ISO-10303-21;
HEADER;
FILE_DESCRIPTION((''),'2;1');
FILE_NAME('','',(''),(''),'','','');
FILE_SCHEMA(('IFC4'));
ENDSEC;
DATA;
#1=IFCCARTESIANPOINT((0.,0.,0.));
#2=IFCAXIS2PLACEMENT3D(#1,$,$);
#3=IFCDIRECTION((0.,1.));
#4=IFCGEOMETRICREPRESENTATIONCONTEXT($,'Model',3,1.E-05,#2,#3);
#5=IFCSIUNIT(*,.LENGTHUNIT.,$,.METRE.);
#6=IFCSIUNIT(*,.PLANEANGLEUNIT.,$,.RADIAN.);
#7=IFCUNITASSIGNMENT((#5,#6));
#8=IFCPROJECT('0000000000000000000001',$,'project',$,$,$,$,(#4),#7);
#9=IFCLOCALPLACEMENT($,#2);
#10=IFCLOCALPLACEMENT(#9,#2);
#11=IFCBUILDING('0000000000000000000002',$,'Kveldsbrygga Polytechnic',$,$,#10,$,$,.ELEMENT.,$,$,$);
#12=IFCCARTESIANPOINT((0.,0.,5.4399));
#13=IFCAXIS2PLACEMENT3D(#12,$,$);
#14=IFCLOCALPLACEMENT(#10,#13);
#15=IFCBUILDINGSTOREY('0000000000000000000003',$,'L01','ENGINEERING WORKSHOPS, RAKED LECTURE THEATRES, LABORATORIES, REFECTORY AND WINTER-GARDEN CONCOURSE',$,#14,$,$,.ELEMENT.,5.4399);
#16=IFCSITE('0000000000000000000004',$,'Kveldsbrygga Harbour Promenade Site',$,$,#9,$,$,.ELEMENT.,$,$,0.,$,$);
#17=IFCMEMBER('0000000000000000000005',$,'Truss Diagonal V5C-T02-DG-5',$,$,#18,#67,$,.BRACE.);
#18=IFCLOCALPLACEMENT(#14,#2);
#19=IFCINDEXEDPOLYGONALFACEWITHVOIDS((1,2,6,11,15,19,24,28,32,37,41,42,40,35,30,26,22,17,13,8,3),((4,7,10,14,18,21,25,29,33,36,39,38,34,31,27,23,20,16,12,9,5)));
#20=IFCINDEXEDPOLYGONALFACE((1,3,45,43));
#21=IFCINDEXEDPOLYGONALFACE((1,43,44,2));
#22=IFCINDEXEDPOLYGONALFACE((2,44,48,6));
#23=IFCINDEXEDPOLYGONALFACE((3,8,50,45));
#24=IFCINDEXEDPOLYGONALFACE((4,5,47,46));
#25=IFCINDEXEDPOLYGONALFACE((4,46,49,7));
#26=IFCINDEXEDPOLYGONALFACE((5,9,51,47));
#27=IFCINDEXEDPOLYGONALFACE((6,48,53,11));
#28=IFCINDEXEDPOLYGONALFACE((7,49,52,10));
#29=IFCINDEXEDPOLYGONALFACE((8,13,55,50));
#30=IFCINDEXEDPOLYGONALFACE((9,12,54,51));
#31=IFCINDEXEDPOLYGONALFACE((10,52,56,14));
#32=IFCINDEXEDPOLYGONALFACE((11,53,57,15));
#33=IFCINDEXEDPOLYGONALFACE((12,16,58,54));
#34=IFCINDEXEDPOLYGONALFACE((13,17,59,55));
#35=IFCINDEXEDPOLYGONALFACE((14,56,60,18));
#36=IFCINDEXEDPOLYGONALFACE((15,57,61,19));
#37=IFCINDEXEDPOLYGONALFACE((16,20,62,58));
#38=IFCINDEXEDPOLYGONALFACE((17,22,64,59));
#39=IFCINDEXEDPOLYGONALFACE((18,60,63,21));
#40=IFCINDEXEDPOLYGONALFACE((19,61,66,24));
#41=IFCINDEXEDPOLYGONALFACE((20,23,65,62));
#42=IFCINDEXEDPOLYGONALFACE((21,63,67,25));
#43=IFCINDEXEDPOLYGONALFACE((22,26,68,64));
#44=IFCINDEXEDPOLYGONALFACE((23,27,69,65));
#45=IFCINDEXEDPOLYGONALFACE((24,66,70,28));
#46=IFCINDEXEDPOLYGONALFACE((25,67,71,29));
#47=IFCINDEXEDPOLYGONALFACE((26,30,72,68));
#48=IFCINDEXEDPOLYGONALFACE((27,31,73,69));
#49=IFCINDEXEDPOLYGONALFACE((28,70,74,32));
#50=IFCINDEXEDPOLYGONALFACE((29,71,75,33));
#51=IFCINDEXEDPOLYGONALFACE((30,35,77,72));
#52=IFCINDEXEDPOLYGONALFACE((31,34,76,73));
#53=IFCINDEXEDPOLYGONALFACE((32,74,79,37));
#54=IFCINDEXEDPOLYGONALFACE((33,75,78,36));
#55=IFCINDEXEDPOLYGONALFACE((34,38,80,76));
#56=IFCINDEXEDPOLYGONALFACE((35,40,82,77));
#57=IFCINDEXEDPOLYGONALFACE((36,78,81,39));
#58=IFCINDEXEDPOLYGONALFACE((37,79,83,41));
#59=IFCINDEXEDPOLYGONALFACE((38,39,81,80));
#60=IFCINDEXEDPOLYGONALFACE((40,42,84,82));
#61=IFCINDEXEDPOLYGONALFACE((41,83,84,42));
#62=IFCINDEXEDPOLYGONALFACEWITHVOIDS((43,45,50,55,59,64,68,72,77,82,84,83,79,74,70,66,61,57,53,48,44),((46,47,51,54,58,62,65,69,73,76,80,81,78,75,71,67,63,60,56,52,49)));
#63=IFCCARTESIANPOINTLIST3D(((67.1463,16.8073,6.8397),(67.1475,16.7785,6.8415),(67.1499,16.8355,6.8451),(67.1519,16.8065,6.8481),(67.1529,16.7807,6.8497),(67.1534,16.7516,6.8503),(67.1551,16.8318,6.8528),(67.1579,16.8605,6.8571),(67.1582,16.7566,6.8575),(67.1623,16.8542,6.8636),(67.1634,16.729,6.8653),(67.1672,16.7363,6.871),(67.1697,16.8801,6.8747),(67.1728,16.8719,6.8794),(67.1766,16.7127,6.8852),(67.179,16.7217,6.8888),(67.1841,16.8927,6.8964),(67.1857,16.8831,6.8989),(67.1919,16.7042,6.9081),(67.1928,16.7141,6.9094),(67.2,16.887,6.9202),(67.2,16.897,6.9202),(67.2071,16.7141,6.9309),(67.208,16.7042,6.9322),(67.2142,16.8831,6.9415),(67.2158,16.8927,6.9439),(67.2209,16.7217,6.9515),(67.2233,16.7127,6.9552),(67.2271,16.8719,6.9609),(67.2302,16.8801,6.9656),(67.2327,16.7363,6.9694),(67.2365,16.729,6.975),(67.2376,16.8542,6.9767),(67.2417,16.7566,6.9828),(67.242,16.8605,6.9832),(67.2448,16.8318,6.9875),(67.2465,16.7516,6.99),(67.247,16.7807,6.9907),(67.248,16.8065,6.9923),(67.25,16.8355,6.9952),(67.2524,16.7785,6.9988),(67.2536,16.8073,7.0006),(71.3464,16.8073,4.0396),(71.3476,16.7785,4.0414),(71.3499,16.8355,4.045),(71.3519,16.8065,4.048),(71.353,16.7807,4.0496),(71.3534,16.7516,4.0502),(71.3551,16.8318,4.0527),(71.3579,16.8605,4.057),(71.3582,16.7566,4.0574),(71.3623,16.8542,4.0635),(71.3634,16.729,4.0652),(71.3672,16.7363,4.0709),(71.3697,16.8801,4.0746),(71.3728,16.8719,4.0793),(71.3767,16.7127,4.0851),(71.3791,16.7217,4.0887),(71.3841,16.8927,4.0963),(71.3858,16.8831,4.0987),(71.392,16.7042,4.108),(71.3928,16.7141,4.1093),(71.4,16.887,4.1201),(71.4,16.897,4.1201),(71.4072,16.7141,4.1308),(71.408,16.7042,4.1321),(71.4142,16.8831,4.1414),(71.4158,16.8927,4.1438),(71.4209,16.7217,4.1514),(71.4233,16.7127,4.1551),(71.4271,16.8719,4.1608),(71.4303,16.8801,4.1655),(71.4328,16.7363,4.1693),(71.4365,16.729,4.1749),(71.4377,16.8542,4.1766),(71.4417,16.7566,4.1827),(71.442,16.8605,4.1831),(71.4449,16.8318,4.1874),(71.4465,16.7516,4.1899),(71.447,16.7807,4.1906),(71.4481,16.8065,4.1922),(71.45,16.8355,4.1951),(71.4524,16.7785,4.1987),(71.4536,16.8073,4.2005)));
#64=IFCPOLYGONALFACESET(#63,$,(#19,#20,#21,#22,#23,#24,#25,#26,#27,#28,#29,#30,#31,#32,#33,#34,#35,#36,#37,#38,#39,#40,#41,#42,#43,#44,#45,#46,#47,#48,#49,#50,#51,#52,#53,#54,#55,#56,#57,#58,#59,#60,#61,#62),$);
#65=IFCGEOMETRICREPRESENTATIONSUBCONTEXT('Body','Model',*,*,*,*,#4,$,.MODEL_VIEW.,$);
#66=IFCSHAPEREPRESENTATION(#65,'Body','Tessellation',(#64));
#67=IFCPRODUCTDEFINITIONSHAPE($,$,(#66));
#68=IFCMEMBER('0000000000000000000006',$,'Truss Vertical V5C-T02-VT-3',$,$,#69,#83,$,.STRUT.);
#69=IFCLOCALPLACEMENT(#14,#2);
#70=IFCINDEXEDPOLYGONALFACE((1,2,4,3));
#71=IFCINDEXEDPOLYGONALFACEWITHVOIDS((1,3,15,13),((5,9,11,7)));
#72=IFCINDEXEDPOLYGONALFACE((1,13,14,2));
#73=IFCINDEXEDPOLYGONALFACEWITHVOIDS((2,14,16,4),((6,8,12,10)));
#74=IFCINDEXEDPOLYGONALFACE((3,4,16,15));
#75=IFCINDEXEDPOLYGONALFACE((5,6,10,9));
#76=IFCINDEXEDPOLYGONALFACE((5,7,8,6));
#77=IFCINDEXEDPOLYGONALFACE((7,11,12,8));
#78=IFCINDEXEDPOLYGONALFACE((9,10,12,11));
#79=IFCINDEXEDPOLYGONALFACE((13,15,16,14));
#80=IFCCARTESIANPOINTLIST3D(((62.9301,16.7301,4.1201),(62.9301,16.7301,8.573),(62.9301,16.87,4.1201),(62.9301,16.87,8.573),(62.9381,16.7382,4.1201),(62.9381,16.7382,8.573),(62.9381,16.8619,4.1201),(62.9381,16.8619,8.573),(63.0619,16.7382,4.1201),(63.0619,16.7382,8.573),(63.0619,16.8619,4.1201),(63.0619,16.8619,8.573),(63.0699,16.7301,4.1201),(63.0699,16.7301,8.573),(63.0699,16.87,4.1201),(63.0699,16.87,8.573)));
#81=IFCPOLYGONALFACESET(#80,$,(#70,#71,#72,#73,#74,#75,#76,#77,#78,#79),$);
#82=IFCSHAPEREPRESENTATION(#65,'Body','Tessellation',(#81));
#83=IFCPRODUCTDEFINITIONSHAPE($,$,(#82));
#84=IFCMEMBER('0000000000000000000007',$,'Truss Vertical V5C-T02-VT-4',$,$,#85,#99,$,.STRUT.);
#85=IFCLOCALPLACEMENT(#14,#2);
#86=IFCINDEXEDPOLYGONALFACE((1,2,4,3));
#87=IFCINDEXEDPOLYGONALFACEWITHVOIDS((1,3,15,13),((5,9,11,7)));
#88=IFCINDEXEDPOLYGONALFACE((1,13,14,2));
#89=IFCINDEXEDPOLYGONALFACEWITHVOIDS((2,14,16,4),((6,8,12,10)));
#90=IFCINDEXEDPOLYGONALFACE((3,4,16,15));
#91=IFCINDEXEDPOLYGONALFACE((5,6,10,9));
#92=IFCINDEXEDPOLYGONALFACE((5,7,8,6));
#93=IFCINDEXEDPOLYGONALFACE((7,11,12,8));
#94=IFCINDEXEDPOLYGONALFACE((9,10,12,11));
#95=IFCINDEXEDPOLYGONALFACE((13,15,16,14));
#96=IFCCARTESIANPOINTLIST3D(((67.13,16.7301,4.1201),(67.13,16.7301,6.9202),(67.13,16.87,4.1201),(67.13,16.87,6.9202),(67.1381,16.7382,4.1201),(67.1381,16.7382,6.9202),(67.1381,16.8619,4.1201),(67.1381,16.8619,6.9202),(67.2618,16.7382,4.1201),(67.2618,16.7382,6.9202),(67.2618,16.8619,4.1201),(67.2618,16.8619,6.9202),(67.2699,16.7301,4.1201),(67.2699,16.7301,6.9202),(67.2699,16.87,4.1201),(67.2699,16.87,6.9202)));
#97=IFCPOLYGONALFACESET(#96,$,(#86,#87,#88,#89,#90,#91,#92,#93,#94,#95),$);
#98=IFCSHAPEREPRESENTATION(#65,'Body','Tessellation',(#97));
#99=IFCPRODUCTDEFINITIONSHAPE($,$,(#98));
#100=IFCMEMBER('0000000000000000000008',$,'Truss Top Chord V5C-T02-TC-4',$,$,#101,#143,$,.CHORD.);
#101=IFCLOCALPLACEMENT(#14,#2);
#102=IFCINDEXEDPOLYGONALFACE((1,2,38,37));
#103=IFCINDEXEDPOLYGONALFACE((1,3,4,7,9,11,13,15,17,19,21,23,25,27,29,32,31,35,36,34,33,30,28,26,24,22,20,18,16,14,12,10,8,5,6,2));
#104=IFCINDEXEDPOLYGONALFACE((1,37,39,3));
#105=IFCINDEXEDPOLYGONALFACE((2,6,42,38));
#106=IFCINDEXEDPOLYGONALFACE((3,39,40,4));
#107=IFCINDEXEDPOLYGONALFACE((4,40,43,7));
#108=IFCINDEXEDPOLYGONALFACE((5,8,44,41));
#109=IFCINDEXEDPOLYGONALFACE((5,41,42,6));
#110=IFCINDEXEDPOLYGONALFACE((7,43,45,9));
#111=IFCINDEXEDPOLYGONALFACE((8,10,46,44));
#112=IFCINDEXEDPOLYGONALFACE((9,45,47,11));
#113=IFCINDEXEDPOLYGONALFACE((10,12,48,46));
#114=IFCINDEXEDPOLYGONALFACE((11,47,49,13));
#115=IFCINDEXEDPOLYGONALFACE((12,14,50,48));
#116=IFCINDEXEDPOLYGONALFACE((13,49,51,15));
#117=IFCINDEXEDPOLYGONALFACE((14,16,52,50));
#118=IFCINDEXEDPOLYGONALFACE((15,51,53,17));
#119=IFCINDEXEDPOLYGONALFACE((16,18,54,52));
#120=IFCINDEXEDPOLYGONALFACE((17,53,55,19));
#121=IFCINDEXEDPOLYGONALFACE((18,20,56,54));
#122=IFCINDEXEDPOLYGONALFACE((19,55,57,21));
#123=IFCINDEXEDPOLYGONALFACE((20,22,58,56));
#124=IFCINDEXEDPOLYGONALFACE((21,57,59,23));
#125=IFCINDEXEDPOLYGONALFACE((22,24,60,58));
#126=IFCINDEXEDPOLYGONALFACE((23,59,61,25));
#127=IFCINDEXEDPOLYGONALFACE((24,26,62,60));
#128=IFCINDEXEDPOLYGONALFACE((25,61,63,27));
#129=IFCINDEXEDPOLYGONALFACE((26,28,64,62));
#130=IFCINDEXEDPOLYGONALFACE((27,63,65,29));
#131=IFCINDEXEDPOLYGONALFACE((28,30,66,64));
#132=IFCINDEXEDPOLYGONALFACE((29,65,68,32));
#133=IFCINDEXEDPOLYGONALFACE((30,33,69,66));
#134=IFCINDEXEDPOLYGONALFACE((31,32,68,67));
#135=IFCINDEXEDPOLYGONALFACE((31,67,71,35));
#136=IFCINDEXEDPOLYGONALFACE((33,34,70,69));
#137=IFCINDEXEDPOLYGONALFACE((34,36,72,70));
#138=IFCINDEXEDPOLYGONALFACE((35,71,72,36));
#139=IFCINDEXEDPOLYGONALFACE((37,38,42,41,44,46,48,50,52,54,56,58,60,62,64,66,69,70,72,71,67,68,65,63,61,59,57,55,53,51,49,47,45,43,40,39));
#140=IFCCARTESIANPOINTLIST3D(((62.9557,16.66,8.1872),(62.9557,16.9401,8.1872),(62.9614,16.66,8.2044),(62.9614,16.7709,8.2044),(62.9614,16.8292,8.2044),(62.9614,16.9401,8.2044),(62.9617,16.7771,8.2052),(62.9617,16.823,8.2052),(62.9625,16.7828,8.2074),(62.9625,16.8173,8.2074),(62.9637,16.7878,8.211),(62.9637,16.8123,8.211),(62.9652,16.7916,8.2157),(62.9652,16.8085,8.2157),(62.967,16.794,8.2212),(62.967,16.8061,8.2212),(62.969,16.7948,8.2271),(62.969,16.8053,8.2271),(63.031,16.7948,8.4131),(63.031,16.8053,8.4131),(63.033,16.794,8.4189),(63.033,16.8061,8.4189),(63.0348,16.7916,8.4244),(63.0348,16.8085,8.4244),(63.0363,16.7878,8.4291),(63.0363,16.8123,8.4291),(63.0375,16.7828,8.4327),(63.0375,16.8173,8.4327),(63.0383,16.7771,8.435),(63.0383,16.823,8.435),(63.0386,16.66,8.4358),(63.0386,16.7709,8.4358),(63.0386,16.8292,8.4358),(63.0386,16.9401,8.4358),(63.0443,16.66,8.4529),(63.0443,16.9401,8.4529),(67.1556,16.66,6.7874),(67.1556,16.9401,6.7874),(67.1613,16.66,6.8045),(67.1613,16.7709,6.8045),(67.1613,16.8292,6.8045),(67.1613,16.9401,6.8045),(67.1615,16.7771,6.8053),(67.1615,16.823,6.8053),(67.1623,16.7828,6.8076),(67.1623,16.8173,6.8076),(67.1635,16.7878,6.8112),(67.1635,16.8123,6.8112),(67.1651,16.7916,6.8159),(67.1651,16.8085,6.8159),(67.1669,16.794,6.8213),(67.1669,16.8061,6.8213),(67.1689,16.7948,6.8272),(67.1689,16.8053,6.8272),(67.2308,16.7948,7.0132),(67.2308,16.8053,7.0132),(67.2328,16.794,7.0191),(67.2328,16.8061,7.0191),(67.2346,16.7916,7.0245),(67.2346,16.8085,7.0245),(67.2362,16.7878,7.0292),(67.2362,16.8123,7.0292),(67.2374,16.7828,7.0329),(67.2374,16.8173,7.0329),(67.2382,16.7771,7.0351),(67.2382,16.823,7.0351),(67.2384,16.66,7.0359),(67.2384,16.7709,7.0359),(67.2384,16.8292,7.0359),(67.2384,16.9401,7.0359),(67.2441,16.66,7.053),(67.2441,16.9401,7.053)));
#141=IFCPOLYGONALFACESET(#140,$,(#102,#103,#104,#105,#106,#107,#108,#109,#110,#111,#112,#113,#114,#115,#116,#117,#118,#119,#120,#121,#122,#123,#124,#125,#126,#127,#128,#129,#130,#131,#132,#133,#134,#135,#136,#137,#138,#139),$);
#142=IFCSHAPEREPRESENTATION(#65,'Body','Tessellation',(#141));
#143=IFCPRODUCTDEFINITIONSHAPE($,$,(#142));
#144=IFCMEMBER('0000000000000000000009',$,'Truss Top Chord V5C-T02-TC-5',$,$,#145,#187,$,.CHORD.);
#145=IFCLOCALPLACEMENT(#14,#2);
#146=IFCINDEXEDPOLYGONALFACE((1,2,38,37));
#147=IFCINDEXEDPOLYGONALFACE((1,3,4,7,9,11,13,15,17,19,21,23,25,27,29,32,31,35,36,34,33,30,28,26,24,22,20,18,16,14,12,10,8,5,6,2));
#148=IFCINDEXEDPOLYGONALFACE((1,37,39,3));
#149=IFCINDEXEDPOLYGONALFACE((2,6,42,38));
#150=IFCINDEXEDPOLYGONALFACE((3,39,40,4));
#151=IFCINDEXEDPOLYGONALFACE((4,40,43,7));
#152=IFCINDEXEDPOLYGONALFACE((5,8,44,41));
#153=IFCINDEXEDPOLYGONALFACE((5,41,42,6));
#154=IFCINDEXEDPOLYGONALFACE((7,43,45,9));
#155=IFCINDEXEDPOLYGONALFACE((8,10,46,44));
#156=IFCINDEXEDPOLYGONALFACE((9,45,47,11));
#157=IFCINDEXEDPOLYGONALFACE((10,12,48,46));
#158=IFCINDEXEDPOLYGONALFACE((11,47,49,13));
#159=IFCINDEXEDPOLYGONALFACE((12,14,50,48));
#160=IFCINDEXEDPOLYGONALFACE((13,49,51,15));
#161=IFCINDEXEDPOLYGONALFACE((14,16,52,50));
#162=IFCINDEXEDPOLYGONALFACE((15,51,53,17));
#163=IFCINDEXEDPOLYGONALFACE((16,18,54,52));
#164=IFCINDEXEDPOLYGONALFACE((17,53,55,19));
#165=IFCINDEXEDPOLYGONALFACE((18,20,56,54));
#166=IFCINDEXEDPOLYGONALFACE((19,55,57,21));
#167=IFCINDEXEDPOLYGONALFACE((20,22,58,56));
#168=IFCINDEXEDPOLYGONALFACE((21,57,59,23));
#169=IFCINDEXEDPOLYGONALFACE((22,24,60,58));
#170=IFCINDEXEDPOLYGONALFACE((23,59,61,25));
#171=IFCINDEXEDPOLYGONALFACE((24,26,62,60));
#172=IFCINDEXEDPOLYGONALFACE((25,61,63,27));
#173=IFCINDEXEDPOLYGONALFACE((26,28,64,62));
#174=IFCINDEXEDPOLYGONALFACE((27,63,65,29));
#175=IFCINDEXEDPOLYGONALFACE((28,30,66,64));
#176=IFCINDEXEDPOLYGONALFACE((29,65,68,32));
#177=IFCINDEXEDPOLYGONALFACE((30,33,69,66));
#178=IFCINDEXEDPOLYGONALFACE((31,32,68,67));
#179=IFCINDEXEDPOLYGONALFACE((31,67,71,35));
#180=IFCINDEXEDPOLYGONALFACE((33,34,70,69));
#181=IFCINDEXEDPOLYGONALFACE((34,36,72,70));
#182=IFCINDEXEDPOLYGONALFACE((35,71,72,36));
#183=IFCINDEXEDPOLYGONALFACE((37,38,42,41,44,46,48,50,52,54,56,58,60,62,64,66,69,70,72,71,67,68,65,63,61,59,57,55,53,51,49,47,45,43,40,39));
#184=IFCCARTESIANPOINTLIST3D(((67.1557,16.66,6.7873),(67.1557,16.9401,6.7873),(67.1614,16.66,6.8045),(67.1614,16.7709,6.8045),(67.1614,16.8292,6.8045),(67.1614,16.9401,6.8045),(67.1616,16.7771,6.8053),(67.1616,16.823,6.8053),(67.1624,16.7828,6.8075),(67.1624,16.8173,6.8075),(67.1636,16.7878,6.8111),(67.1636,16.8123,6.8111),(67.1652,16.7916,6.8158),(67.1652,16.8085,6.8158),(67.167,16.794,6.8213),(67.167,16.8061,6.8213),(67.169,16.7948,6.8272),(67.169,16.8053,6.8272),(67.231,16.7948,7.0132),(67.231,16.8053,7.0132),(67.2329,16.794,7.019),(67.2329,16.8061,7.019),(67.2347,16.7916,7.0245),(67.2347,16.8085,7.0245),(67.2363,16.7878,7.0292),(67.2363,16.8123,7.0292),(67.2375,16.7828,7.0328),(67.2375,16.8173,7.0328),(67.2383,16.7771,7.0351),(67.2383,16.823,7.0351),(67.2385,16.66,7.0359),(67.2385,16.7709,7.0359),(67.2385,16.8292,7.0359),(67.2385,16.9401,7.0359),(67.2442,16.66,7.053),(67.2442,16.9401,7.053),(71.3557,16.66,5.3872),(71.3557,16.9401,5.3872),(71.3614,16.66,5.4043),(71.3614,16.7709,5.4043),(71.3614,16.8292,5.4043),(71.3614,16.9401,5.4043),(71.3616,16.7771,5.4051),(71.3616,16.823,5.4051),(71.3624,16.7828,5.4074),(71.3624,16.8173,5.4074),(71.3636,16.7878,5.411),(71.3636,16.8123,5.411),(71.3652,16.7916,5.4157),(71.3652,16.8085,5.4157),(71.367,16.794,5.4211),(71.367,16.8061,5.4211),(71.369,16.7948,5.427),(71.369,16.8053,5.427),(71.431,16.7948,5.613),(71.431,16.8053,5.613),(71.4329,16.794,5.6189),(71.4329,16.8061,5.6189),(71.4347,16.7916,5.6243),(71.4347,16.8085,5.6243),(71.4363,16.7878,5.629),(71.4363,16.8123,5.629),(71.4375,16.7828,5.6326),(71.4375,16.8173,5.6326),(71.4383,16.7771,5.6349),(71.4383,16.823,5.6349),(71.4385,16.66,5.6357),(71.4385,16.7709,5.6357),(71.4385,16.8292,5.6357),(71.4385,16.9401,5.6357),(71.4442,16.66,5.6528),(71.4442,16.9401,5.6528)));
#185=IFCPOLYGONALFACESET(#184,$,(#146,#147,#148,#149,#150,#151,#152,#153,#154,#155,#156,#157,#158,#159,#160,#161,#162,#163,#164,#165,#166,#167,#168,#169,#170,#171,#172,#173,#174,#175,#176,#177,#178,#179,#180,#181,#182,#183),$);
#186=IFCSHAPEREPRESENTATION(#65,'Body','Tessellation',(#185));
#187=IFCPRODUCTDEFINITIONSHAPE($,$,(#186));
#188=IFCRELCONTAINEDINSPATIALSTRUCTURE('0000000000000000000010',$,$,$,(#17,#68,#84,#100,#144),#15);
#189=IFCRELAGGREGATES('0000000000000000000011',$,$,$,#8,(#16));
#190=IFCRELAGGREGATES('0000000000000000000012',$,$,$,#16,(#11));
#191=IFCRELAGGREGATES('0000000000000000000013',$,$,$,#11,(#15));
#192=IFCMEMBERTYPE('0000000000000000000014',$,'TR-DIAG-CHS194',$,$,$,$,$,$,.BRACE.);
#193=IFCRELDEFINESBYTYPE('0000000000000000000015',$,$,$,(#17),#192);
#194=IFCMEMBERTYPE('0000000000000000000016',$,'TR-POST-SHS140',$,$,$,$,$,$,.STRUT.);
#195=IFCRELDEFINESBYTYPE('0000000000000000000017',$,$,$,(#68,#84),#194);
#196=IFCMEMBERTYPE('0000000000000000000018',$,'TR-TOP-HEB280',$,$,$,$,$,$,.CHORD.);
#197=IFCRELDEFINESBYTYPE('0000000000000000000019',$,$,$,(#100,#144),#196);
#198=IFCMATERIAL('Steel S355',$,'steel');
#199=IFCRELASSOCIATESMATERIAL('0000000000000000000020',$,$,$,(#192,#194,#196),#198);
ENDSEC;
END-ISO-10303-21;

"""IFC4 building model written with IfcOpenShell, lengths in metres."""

from ifc_helpers import new_model, si_unit, direction, frame, origin, origin_2d, place, context, subcontext, project, spatial, hollow_rectangle, hollow_circle, i_section, extrude, material, material_profile, profile_set, type_object, element, save


model = new_model("IFC4")

# Units and contexts
model_context = context("Model", 3, precision=1e-05, world=origin(), true_north=direction((0.0, 1.0)))
body_context = subcontext(model_context, "Body", "Model", "MODEL_VIEW")
ifc_project = project(units=[si_unit("LENGTHUNIT", "METRE"), si_unit("PLANEANGLEUNIT", "RADIAN")], contexts=[model_context])

# Site, building, storey
site_placement = place(None, origin())
site = spatial("IfcSite", under=ifc_project, at=site_placement, Name="Kveldsbrygga Harbour Promenade Site", CompositionType="ELEMENT", RefElevation=0.0)
building_placement = place(site_placement, origin())
building = spatial("IfcBuilding", under=site, at=building_placement, Name="Kveldsbrygga Polytechnic", CompositionType="ELEMENT")
storey_placement = place(building_placement, frame((0.0, 0.0, 5.4399)))
storey = spatial("IfcBuildingStorey", under=building, at=storey_placement, Name="L01", Description="ENGINEERING WORKSHOPS, RAKED LECTURE THEATRES, LABORATORIES, REFECTORY AND WINTER-GARDEN CONCOURSE", CompositionType="ELEMENT", Elevation=5.4399)

# Shared definitions
ifc_material_1 = material(Name="Steel S355", Category="steel")

# Members
ifc_material_profile_1 = material_profile(ifc_material_1, hollow_circle(Radius=0.0969, WallThickness=0.01, at=origin_2d()), Name="CHS 193.7x10.0")
ifc_profile_set_1 = profile_set([ifc_material_profile_1], Name="Steel S355")
member_type_1 = type_object("IfcMemberType", Name="TR-DIAG-CHS194", PredefinedType="BRACE", material=ifc_profile_set_1)
member_1_placement = place(storey_placement, frame((67.2, 16.8, 6.9202), z_axis=(0.832043, 0.0, -0.554711), x_axis=(0.0, 1.0, 0.0)))
element("IfcMember", 1, at=member_1_placement, inside=storey, type_object=member_type_1, Name="Truss Diagonal V5C-T02-DG-5", PredefinedType="BRACE", context=body_context, shape_type="SweptSolid", body=[
    extrude(hollow_circle(Radius=0.0969, WallThickness=0.01, at=origin_2d()), origin(), (0.0, 0.0, 1.0), 5.0479),
])
ifc_material_profile_2 = material_profile(ifc_material_1, hollow_rectangle(XDim=0.1399, YDim=0.1399, WallThickness=0.0081, at=origin_2d()), Name="SHS 140x140x8.0")
ifc_profile_set_2 = profile_set([ifc_material_profile_2], Name="Steel S355")
member_type_2 = type_object("IfcMemberType", Name="TR-POST-SHS140", PredefinedType="STRUT", material=ifc_profile_set_2)
member_2_placement = place(storey_placement, frame((63.0, 16.8, 4.1201), z_axis=(0.0, 0.0, 1.0), x_axis=(1.0, 0.0, 0.0)))
element("IfcMember", 2, at=member_2_placement, inside=storey, type_object=member_type_2, Name="Truss Vertical V5C-T02-VT-3", PredefinedType="STRUT", context=body_context, shape_type="SweptSolid", body=[
    extrude(hollow_rectangle(XDim=0.1399, YDim=0.1399, WallThickness=0.0081, at=origin_2d()), origin(), (0.0, 0.0, 1.0), 4.4529),
])
member_3_placement = place(storey_placement, frame((67.2, 16.8, 4.1201), z_axis=(0.0, 0.0, 1.0), x_axis=(1.0, 0.0, 0.0)))
element("IfcMember", 3, at=member_3_placement, inside=storey, type_object=member_type_2, Name="Truss Vertical V5C-T02-VT-4", PredefinedType="STRUT", context=body_context, shape_type="SweptSolid", body=[
    extrude(hollow_rectangle(XDim=0.1399, YDim=0.1399, WallThickness=0.0081, at=origin_2d()), origin(), (0.0, 0.0, 1.0), 2.8),
])
ifc_material_profile_3 = material_profile(ifc_material_1, i_section(OverallWidth=0.28, OverallDepth=0.28, WebThickness=0.0105, FlangeThickness=0.0181, FilletRadius=0.0239, at=origin_2d()), Name="HEB 280")
ifc_profile_set_3 = profile_set([ifc_material_profile_3], Name="Steel S355")
member_type_3 = type_object("IfcMemberType", Name="TR-TOP-HEB280", PredefinedType="CHORD", material=ifc_profile_set_3)
member_4_placement = place(storey_placement, frame((63.0, 16.8, 8.3201), z_axis=(0.948689, 0.0, -0.316211), x_axis=(0.0, 1.0, 0.0)))
element("IfcMember", 4, at=member_4_placement, inside=storey, type_object=member_type_3, Name="Truss Top Chord V5C-T02-TC-4", PredefinedType="CHORD", context=body_context, shape_type="SweptSolid", body=[
    extrude(i_section(OverallWidth=0.28, OverallDepth=0.28, WebThickness=0.0105, FlangeThickness=0.0181, FilletRadius=0.0239, at=origin_2d()), origin(), (0.0, 0.0, 1.0), 4.427),
])
member_5_placement = place(storey_placement, frame((67.2, 16.8, 6.9202), z_axis=(0.948672, 0.0, -0.316261), x_axis=(0.0, 1.0, 0.0)))
element("IfcMember", 5, at=member_5_placement, inside=storey, type_object=member_type_3, Name="Truss Top Chord V5C-T02-TC-5", PredefinedType="CHORD", context=body_context, shape_type="SweptSolid", body=[
    extrude(i_section(OverallWidth=0.28, OverallDepth=0.28, WebThickness=0.0105, FlangeThickness=0.0181, FilletRadius=0.0239, at=origin_2d()), origin(), (0.0, 0.0, 1.0), 4.4272),
])

save(model, "model.ifc")
